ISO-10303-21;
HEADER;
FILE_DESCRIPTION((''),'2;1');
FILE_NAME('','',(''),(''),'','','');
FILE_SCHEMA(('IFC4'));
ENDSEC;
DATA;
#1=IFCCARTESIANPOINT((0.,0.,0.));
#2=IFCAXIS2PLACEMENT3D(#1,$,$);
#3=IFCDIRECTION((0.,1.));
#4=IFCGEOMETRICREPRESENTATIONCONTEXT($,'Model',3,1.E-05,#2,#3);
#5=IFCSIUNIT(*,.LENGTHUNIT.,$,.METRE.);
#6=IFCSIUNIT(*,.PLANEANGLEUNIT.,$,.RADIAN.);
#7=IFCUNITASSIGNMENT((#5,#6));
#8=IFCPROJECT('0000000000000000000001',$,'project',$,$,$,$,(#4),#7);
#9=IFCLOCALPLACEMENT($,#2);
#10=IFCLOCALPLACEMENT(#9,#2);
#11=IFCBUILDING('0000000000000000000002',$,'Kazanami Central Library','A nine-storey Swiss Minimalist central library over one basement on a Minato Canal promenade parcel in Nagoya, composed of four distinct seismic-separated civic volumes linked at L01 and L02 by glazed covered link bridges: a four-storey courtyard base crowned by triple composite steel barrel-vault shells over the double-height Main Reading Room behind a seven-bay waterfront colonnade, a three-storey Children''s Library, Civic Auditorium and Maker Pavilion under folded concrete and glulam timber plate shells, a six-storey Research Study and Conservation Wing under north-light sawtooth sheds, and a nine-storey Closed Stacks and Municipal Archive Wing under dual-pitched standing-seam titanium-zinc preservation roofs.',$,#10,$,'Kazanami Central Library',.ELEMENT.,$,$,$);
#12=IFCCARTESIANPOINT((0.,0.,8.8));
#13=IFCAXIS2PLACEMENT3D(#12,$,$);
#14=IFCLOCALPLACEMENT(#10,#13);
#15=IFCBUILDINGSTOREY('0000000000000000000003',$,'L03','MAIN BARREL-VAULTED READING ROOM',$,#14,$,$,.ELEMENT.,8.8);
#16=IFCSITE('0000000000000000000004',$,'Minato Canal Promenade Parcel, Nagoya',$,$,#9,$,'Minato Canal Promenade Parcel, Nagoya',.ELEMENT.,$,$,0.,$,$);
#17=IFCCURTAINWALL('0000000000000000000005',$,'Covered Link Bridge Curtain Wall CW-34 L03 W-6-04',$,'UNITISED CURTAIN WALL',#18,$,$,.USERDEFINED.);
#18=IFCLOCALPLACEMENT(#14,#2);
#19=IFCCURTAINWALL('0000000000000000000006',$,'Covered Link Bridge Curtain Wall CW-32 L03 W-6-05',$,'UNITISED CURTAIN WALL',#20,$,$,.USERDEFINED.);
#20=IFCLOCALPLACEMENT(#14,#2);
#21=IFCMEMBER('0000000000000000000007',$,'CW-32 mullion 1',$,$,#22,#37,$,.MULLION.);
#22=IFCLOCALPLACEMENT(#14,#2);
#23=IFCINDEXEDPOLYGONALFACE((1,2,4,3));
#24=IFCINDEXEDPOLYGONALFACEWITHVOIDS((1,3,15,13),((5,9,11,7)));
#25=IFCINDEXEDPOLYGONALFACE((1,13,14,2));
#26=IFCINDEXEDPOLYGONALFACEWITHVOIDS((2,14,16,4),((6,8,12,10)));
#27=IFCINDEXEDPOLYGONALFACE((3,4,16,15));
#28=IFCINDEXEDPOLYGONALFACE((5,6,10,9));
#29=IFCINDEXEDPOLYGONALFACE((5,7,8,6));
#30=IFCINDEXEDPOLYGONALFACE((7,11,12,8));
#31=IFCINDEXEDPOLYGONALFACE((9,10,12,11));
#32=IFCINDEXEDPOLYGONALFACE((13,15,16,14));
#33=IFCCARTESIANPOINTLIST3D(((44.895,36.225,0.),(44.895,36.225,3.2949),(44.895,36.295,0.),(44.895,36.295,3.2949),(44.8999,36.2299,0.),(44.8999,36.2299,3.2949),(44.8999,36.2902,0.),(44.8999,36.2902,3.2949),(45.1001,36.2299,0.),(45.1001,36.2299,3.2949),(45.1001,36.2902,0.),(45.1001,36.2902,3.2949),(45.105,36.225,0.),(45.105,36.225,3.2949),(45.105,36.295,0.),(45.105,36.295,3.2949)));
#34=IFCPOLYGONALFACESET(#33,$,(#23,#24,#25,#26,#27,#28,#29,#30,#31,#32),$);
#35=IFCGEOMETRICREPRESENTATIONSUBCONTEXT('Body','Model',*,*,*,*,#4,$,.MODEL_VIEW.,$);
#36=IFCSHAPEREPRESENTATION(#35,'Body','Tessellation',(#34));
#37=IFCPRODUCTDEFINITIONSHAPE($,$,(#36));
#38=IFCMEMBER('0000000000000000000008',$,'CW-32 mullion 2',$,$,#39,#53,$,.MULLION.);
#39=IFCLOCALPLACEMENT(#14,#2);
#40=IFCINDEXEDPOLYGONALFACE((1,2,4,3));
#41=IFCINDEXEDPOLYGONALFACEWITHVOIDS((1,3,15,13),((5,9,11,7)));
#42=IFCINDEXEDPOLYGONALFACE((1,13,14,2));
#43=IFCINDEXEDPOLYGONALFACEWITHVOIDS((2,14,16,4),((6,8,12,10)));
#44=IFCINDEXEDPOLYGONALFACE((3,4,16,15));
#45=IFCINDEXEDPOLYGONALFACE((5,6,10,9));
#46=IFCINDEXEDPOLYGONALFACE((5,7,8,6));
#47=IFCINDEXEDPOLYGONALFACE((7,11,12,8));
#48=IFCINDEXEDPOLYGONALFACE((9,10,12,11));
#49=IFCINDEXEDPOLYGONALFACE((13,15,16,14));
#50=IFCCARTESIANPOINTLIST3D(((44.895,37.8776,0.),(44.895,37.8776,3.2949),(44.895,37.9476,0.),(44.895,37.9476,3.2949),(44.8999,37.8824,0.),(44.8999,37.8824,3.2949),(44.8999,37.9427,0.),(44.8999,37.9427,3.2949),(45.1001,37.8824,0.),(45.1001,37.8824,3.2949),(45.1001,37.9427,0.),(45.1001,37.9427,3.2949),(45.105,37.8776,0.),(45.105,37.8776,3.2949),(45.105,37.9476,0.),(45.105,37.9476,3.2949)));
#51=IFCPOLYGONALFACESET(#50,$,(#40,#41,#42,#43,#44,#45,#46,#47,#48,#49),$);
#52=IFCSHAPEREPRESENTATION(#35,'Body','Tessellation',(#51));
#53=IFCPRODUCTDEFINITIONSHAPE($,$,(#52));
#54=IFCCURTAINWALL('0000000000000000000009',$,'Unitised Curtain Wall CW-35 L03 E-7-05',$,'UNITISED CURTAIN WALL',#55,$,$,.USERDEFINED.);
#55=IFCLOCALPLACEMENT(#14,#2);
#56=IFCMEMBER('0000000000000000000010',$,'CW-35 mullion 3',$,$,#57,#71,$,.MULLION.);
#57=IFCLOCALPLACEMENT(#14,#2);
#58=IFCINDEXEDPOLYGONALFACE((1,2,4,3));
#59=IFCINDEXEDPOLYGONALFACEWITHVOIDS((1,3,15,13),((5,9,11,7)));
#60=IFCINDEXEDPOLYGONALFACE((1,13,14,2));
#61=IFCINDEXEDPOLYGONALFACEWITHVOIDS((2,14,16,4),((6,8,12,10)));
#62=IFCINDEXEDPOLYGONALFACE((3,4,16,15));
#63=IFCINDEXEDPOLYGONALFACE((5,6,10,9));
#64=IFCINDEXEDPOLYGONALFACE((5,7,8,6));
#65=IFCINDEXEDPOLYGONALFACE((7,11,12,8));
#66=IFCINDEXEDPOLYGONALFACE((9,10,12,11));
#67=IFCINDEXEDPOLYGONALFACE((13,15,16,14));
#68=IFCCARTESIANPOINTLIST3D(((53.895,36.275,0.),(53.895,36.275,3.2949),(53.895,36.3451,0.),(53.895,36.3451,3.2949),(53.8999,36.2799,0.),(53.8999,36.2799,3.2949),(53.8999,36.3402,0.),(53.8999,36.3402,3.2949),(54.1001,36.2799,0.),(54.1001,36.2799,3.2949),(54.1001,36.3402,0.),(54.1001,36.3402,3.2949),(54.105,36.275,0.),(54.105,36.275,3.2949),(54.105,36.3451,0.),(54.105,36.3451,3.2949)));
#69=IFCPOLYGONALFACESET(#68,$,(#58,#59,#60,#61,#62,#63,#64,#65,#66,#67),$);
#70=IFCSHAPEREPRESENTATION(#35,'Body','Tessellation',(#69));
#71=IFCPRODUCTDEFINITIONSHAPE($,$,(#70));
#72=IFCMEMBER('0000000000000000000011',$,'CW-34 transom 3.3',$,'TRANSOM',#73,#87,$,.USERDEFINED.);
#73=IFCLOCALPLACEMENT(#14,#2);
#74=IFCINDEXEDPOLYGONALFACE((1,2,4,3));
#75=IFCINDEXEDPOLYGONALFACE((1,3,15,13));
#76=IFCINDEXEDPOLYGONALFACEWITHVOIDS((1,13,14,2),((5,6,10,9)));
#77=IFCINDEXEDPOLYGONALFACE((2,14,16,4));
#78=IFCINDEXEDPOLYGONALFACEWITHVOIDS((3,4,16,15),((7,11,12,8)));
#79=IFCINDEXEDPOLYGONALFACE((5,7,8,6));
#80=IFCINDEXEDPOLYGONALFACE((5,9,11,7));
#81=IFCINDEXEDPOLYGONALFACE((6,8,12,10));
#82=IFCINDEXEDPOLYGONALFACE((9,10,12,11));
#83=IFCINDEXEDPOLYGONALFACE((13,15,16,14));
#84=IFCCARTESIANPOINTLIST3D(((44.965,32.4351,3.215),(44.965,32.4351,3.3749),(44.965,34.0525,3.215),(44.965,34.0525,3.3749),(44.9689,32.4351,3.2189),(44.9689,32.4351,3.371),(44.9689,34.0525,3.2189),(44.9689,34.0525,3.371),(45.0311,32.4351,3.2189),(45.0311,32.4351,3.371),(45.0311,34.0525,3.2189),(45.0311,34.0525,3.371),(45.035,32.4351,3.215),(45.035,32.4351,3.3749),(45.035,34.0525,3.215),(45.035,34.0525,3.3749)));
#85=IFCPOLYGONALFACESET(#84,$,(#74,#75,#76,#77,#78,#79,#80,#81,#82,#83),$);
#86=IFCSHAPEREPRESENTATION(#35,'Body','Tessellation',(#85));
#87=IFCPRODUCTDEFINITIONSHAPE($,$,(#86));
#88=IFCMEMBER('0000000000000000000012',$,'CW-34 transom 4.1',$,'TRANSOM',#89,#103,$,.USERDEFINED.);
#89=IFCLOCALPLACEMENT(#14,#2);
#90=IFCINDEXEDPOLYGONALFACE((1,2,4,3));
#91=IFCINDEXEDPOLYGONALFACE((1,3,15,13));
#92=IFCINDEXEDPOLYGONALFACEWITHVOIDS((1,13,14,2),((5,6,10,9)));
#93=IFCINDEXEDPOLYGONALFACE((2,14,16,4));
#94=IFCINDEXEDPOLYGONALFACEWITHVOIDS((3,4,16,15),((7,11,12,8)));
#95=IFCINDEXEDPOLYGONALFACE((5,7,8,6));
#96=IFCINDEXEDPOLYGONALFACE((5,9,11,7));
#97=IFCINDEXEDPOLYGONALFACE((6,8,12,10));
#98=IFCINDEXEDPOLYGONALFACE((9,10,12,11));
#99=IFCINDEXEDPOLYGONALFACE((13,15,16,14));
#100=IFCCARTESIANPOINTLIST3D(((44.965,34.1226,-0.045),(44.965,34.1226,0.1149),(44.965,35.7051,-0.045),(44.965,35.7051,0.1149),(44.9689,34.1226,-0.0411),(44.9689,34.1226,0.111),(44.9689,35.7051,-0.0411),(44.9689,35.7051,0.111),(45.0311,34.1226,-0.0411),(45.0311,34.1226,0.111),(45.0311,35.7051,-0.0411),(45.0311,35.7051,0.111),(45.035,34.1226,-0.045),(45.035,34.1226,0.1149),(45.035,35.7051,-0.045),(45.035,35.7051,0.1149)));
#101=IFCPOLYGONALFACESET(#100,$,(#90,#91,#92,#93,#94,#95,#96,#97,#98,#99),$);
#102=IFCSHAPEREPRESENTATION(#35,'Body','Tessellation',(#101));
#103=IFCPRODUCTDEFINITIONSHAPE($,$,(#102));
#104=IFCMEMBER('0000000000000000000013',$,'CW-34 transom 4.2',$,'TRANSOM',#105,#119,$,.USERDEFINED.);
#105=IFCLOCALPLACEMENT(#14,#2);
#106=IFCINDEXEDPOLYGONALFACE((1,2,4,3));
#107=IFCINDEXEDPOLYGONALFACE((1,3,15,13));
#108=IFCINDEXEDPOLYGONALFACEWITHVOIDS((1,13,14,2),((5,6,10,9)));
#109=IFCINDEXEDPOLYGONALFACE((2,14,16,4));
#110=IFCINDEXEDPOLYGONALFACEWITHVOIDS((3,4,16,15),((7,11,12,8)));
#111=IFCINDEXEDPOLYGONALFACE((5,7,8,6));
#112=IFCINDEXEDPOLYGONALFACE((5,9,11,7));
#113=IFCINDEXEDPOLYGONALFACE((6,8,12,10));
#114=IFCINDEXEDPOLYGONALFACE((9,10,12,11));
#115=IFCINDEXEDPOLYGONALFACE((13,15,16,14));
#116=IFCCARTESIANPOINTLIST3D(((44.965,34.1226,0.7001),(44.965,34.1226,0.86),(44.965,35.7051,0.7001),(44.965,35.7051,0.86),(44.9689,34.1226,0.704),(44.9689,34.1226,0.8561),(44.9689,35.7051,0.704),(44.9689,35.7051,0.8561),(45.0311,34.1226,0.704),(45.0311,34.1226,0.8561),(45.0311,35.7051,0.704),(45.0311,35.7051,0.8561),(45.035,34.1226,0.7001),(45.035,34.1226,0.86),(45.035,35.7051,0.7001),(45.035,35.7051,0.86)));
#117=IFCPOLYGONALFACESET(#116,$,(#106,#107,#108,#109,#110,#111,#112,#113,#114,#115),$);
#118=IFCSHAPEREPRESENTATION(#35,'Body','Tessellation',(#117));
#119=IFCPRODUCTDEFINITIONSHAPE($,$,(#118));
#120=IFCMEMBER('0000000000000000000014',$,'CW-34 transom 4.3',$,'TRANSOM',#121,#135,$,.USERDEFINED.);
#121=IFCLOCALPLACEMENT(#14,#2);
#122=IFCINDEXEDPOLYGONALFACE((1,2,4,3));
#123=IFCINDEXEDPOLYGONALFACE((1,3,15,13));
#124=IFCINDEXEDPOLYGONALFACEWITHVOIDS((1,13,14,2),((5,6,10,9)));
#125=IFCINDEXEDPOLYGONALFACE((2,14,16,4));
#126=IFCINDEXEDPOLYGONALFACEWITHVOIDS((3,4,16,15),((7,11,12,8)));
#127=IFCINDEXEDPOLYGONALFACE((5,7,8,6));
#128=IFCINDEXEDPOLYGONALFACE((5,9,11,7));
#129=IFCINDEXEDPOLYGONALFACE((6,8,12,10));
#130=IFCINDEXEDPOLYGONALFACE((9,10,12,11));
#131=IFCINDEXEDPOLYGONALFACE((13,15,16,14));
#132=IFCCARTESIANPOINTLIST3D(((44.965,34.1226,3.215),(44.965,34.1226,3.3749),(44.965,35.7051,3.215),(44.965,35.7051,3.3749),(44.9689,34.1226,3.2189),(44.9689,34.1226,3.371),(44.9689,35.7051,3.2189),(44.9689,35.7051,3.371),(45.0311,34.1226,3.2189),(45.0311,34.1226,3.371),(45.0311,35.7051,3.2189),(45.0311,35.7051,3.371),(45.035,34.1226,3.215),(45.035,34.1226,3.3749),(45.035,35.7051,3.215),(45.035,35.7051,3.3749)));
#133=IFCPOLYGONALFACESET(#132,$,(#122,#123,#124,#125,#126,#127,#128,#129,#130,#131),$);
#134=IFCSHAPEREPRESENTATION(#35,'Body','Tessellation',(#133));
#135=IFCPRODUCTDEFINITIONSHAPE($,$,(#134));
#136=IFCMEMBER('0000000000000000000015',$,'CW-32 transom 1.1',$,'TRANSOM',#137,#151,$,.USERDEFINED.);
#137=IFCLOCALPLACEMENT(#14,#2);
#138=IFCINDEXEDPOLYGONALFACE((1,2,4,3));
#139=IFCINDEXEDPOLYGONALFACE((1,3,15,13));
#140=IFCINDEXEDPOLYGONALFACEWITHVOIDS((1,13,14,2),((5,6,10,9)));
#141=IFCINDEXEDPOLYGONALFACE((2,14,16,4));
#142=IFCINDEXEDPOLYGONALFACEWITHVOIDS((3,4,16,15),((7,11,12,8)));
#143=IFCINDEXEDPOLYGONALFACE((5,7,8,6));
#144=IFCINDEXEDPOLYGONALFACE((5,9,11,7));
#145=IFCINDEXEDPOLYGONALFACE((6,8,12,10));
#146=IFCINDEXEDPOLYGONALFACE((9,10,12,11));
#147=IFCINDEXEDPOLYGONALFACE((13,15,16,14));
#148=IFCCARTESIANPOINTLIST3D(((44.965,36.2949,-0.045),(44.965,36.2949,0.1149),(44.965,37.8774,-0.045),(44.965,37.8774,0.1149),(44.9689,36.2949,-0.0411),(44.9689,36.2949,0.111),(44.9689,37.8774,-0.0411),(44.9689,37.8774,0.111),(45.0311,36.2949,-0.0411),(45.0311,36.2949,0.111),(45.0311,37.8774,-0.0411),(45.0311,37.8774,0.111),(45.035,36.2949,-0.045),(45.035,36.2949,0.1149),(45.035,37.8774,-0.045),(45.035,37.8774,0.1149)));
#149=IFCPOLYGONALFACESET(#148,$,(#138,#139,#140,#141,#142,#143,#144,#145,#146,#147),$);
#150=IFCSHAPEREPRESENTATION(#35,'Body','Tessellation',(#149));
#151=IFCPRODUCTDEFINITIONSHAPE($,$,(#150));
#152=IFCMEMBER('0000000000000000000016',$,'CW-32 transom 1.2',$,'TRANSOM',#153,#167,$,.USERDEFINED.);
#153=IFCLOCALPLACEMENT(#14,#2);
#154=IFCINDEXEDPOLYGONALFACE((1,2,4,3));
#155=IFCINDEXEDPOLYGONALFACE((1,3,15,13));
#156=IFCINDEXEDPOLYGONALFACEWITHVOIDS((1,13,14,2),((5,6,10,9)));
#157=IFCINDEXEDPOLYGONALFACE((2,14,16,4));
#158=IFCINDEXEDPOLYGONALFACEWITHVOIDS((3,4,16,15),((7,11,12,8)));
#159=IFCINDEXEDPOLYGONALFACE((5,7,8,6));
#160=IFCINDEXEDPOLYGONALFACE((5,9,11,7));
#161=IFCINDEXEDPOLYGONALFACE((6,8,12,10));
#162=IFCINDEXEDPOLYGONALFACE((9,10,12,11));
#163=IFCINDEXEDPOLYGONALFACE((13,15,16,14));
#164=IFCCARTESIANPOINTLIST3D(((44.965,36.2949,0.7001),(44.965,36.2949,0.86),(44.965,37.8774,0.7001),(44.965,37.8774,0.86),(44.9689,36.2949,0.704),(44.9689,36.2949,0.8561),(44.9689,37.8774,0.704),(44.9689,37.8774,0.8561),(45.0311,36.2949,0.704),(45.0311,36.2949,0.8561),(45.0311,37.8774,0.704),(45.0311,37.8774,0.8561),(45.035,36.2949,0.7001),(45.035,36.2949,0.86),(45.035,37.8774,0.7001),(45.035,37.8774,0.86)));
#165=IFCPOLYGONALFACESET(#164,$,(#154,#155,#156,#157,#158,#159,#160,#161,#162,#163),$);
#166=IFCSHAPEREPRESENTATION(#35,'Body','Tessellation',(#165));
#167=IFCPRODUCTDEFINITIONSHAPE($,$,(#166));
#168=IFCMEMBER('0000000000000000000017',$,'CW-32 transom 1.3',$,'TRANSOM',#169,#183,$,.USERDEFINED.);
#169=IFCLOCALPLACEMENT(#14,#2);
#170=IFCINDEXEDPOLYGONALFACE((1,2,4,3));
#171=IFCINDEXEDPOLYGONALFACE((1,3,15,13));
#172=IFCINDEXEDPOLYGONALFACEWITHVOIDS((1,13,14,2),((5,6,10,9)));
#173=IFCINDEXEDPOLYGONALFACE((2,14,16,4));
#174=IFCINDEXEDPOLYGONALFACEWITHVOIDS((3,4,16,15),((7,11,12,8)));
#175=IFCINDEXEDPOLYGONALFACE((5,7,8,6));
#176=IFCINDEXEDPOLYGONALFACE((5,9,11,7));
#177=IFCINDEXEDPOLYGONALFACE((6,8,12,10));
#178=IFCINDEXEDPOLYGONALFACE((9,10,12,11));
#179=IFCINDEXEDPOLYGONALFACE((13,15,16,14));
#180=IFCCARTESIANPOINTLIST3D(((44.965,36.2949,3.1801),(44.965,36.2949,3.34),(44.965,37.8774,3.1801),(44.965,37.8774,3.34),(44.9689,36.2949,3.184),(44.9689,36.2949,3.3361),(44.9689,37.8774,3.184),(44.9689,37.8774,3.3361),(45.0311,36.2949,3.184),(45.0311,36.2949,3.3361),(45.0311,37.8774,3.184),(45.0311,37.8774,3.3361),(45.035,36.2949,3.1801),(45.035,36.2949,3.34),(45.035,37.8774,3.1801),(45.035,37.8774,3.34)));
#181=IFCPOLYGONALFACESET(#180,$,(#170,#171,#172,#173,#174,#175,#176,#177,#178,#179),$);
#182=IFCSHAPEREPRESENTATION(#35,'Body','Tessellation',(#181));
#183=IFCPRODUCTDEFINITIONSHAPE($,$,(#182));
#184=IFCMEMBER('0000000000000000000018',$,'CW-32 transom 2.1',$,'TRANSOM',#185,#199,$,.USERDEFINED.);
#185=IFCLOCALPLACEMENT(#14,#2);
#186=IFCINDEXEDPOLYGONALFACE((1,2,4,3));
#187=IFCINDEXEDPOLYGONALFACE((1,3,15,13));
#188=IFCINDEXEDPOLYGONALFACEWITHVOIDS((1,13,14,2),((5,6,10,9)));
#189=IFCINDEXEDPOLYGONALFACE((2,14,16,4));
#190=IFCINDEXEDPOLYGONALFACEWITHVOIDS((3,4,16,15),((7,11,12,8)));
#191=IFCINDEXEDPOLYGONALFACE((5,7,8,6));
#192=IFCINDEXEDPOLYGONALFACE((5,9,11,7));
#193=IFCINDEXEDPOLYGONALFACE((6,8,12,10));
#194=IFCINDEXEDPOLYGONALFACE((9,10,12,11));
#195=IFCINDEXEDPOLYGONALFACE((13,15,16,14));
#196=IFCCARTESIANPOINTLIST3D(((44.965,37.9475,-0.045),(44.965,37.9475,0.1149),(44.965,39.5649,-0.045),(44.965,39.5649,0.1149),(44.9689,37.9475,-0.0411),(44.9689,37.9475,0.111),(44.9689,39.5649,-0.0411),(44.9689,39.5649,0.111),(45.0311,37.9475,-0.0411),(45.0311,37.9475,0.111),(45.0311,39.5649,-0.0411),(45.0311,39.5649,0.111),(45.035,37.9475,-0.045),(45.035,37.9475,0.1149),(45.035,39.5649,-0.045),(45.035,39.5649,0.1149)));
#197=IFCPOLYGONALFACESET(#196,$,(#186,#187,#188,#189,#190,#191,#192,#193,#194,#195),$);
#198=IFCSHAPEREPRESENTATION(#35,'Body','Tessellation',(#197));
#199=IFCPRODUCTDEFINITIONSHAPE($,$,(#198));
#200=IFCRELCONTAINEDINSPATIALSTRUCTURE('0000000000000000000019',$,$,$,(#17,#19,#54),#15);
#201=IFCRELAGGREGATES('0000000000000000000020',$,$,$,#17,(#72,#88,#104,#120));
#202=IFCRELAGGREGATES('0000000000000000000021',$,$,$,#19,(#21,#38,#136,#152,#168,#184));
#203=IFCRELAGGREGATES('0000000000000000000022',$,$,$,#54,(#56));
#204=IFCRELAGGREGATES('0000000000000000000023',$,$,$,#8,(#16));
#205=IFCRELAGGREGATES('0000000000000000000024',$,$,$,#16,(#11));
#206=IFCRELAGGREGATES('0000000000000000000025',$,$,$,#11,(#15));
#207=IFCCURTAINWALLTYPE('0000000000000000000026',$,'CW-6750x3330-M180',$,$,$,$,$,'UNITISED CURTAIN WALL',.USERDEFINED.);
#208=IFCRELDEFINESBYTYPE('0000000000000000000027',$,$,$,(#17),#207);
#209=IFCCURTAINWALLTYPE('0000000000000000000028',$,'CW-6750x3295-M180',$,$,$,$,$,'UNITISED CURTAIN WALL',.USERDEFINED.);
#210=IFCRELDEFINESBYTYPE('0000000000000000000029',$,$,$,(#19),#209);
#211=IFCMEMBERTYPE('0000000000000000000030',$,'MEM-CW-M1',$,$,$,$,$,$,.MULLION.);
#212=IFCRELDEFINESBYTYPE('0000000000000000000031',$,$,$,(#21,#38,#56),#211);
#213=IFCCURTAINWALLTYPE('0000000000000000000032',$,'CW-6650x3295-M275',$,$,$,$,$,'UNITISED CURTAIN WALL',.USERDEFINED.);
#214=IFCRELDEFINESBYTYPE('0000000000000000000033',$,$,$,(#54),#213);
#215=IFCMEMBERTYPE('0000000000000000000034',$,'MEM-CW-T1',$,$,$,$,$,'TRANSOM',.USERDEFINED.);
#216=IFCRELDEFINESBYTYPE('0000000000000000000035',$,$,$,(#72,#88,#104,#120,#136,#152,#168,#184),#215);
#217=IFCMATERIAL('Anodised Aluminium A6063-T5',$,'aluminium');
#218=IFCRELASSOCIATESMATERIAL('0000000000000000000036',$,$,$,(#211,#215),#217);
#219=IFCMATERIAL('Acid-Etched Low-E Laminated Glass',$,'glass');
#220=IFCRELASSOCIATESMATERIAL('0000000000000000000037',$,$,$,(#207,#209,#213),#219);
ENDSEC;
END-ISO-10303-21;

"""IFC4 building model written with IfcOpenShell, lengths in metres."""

from ifc_helpers import new_model, si_unit, direction, frame, origin, origin_2d, place, context, subcontext, project, spatial, hollow_rectangle, extrude, material, material_profile, profile_set, type_object, element, aggregate, save


model = new_model("IFC4")

# Units and contexts
model_context = context("Model", 3, precision=1e-05, world=origin(), true_north=direction((0.0, 1.0)))
body_context = subcontext(model_context, "Body", "Model", "MODEL_VIEW")
ifc_project = project(units=[si_unit("LENGTHUNIT", "METRE"), si_unit("PLANEANGLEUNIT", "RADIAN")], contexts=[model_context])

# Site, building, storey
site_placement = place(None, origin())
site = spatial("IfcSite", under=ifc_project, at=site_placement, Name="Minato Canal Promenade Parcel, Nagoya", LongName="Minato Canal Promenade Parcel, Nagoya", CompositionType="ELEMENT", RefElevation=0.0)
building_placement = place(site_placement, origin())
building = spatial("IfcBuilding", under=site, at=building_placement, Name="Kazanami Central Library", Description="A nine-storey Swiss Minimalist central library over one basement on a Minato Canal promenade parcel in Nagoya, composed of four distinct seismic-separated civic volumes linked at L01 and L02 by glazed covered link bridges: a four-storey courtyard base crowned by triple composite steel barrel-vault shells over the double-height Main Reading Room behind a seven-bay waterfront colonnade, a three-storey Children's Library, Civic Auditorium and Maker Pavilion under folded concrete and glulam timber plate shells, a six-storey Research Study and Conservation Wing under north-light sawtooth sheds, and a nine-storey Closed Stacks and Municipal Archive Wing under dual-pitched standing-seam titanium-zinc preservation roofs.", LongName="Kazanami Central Library", CompositionType="ELEMENT")
storey_placement = place(building_placement, frame((0.0, 0.0, 8.8)))
storey = spatial("IfcBuildingStorey", under=building, at=storey_placement, Name="L03", Description="MAIN BARREL-VAULTED READING ROOM", CompositionType="ELEMENT", Elevation=8.8)

# Shared definitions
ifc_material_1 = material(Name="Acid-Etched Low-E Laminated Glass", Category="glass")
ifc_material_2 = material(Name="Anodised Aluminium A6063-T5", Category="aluminium")
ifc_material_profile_1 = material_profile(ifc_material_2, hollow_rectangle(XDim=0.0701, YDim=0.21, WallThickness=0.0049, at=origin_2d()), Name="ALU-MULL-70x210x5")
ifc_profile_set_1 = profile_set([ifc_material_profile_1], Name="Anodised Aluminium A6063-T5")
member_type_1 = type_object("IfcMemberType", Name="MEM-CW-M1", PredefinedType="MULLION", material=ifc_profile_set_1)

# Curtain walls, members
curtain_wall_type_1 = type_object("IfcCurtainWallType", Name="CW-6750x3330-M180", ElementType="UNITISED CURTAIN WALL", PredefinedType="USERDEFINED", material=ifc_material_1)
curtain_wall_1_placement = place(storey_placement, origin())
curtain_wall_1 = element("IfcCurtainWall", 1, at=curtain_wall_1_placement, inside=storey, type_object=curtain_wall_type_1, Name="Covered Link Bridge Curtain Wall CW-34 L03 W-6-04", ObjectType="UNITISED CURTAIN WALL", PredefinedType="USERDEFINED")
curtain_wall_type_2 = type_object("IfcCurtainWallType", Name="CW-6750x3295-M180", ElementType="UNITISED CURTAIN WALL", PredefinedType="USERDEFINED", material=ifc_material_1)
curtain_wall_2_placement = place(storey_placement, origin())
curtain_wall_2 = element("IfcCurtainWall", 2, at=curtain_wall_2_placement, inside=storey, type_object=curtain_wall_type_2, Name="Covered Link Bridge Curtain Wall CW-32 L03 W-6-05", ObjectType="UNITISED CURTAIN WALL", PredefinedType="USERDEFINED")
member_1_placement = place(storey_placement, frame((45.0, 36.26, 0.0), z_axis=(0.0, 0.0, 1.0), x_axis=(0.0, 1.0, 0.0)))
member_1 = element("IfcMember", 3, at=member_1_placement, type_object=member_type_1, Name="CW-32 mullion 1", PredefinedType="MULLION", context=body_context, shape_type="SweptSolid", body=[
    extrude(hollow_rectangle(XDim=0.0701, YDim=0.21, WallThickness=0.0049, at=origin_2d()), origin(), (0.0, 0.0, 1.0), 3.2949),
])
member_2_placement = place(storey_placement, frame((45.0, 37.9126, 0.0), z_axis=(0.0, 0.0, 1.0), x_axis=(0.0, 1.0, 0.0)))
member_2 = element("IfcMember", 4, at=member_2_placement, type_object=member_type_1, Name="CW-32 mullion 2", PredefinedType="MULLION", context=body_context, shape_type="SweptSolid", body=[
    extrude(hollow_rectangle(XDim=0.0701, YDim=0.21, WallThickness=0.0049, at=origin_2d()), origin(), (0.0, 0.0, 1.0), 3.2949),
])

# Curtain wall, member
curtain_wall_type_3 = type_object("IfcCurtainWallType", Name="CW-6650x3295-M275", ElementType="UNITISED CURTAIN WALL", PredefinedType="USERDEFINED", material=ifc_material_1)
curtain_wall_3_placement = place(storey_placement, origin())
curtain_wall_3 = element("IfcCurtainWall", 5, at=curtain_wall_3_placement, inside=storey, type_object=curtain_wall_type_3, Name="Unitised Curtain Wall CW-35 L03 E-7-05", ObjectType="UNITISED CURTAIN WALL", PredefinedType="USERDEFINED")
member_3_placement = place(storey_placement, frame((54.0, 36.3101, 0.0), z_axis=(0.0, 0.0, 1.0), x_axis=(0.0, -1.0, 0.0)))
member_3 = element("IfcMember", 6, at=member_3_placement, type_object=member_type_1, Name="CW-35 mullion 3", PredefinedType="MULLION", context=body_context, shape_type="SweptSolid", body=[
    extrude(hollow_rectangle(XDim=0.0701, YDim=0.21, WallThickness=0.0049, at=origin_2d()), origin(), (0.0, 0.0, 1.0), 3.2949),
])

# Members
ifc_material_profile_2 = material_profile(ifc_material_2, hollow_rectangle(XDim=0.0701, YDim=0.1599, WallThickness=0.0039, at=origin_2d()), Name="ALU-TRAN-70x160x4")
ifc_profile_set_2 = profile_set([ifc_material_profile_2], Name="Anodised Aluminium A6063-T5")
member_type_2 = type_object("IfcMemberType", Name="MEM-CW-T1", ElementType="TRANSOM", PredefinedType="USERDEFINED", material=ifc_profile_set_2)
member_4_placement = place(storey_placement, frame((45.0, 32.4351, 3.2949), z_axis=(0.0, 1.0, 0.0), x_axis=(-1.0, 0.0, 0.0)))
member_4 = element("IfcMember", 7, at=member_4_placement, type_object=member_type_2, Name="CW-34 transom 3.3", ObjectType="TRANSOM", PredefinedType="USERDEFINED", context=body_context, shape_type="SweptSolid", body=[
    extrude(hollow_rectangle(XDim=0.0701, YDim=0.1599, WallThickness=0.0039, at=origin_2d()), origin(), (0.0, 0.0, 1.0), 1.6174),
])
member_5_placement = place(storey_placement, frame((45.0, 34.1226, 0.0349), z_axis=(0.0, 1.0, 0.0), x_axis=(-1.0, 0.0, 0.0)))
member_5 = element("IfcMember", 8, at=member_5_placement, type_object=member_type_2, Name="CW-34 transom 4.1", ObjectType="TRANSOM", PredefinedType="USERDEFINED", context=body_context, shape_type="SweptSolid", body=[
    extrude(hollow_rectangle(XDim=0.0701, YDim=0.1599, WallThickness=0.0039, at=origin_2d()), origin(), (0.0, 0.0, 1.0), 1.5825),
])
member_6_placement = place(storey_placement, frame((45.0, 34.1226, 0.78), z_axis=(0.0, 1.0, 0.0), x_axis=(-1.0, 0.0, 0.0)))
member_6 = element("IfcMember", 9, at=member_6_placement, type_object=member_type_2, Name="CW-34 transom 4.2", ObjectType="TRANSOM", PredefinedType="USERDEFINED", context=body_context, shape_type="SweptSolid", body=[
    extrude(hollow_rectangle(XDim=0.0701, YDim=0.1599, WallThickness=0.0039, at=origin_2d()), origin(), (0.0, 0.0, 1.0), 1.5825),
])
member_7_placement = place(storey_placement, frame((45.0, 34.1226, 3.2949), z_axis=(0.0, 1.0, 0.0), x_axis=(-1.0, 0.0, 0.0)))
member_7 = element("IfcMember", 10, at=member_7_placement, type_object=member_type_2, Name="CW-34 transom 4.3", ObjectType="TRANSOM", PredefinedType="USERDEFINED", context=body_context, shape_type="SweptSolid", body=[
    extrude(hollow_rectangle(XDim=0.0701, YDim=0.1599, WallThickness=0.0039, at=origin_2d()), origin(), (0.0, 0.0, 1.0), 1.5825),
])
member_8_placement = place(storey_placement, frame((45.0, 36.2949, 0.0349), z_axis=(0.0, 1.0, 0.0), x_axis=(-1.0, 0.0, 0.0)))
member_8 = element("IfcMember", 11, at=member_8_placement, type_object=member_type_2, Name="CW-32 transom 1.1", ObjectType="TRANSOM", PredefinedType="USERDEFINED", context=body_context, shape_type="SweptSolid", body=[
    extrude(hollow_rectangle(XDim=0.0701, YDim=0.1599, WallThickness=0.0039, at=origin_2d()), origin(), (0.0, 0.0, 1.0), 1.5825),
])
member_9_placement = place(storey_placement, frame((45.0, 36.2949, 0.78), z_axis=(0.0, 1.0, 0.0), x_axis=(-1.0, 0.0, 0.0)))
member_9 = element("IfcMember", 12, at=member_9_placement, type_object=member_type_2, Name="CW-32 transom 1.2", ObjectType="TRANSOM", PredefinedType="USERDEFINED", context=body_context, shape_type="SweptSolid", body=[
    extrude(hollow_rectangle(XDim=0.0701, YDim=0.1599, WallThickness=0.0039, at=origin_2d()), origin(), (0.0, 0.0, 1.0), 1.5825),
])
member_10_placement = place(storey_placement, frame((45.0, 36.2949, 3.26), z_axis=(0.0, 1.0, 0.0), x_axis=(-1.0, 0.0, 0.0)))
member_10 = element("IfcMember", 13, at=member_10_placement, type_object=member_type_2, Name="CW-32 transom 1.3", ObjectType="TRANSOM", PredefinedType="USERDEFINED", context=body_context, shape_type="SweptSolid", body=[
    extrude(hollow_rectangle(XDim=0.0701, YDim=0.1599, WallThickness=0.0039, at=origin_2d()), origin(), (0.0, 0.0, 1.0), 1.5825),
])
member_11_placement = place(storey_placement, frame((45.0, 37.9475, 0.0349), z_axis=(0.0, 1.0, 0.0), x_axis=(-1.0, 0.0, 0.0)))
member_11 = element("IfcMember", 14, at=member_11_placement, type_object=member_type_2, Name="CW-32 transom 2.1", ObjectType="TRANSOM", PredefinedType="USERDEFINED", context=body_context, shape_type="SweptSolid", body=[
    extrude(hollow_rectangle(XDim=0.0701, YDim=0.1599, WallThickness=0.0039, at=origin_2d()), origin(), (0.0, 0.0, 1.0), 1.6174),
])

aggregate(curtain_wall_1, [member_4, member_5, member_6, member_7])
aggregate(curtain_wall_2, [member_1, member_2, member_8, member_9, member_10, member_11])
aggregate(curtain_wall_3, [member_3])

save(model, "model.ifc")
